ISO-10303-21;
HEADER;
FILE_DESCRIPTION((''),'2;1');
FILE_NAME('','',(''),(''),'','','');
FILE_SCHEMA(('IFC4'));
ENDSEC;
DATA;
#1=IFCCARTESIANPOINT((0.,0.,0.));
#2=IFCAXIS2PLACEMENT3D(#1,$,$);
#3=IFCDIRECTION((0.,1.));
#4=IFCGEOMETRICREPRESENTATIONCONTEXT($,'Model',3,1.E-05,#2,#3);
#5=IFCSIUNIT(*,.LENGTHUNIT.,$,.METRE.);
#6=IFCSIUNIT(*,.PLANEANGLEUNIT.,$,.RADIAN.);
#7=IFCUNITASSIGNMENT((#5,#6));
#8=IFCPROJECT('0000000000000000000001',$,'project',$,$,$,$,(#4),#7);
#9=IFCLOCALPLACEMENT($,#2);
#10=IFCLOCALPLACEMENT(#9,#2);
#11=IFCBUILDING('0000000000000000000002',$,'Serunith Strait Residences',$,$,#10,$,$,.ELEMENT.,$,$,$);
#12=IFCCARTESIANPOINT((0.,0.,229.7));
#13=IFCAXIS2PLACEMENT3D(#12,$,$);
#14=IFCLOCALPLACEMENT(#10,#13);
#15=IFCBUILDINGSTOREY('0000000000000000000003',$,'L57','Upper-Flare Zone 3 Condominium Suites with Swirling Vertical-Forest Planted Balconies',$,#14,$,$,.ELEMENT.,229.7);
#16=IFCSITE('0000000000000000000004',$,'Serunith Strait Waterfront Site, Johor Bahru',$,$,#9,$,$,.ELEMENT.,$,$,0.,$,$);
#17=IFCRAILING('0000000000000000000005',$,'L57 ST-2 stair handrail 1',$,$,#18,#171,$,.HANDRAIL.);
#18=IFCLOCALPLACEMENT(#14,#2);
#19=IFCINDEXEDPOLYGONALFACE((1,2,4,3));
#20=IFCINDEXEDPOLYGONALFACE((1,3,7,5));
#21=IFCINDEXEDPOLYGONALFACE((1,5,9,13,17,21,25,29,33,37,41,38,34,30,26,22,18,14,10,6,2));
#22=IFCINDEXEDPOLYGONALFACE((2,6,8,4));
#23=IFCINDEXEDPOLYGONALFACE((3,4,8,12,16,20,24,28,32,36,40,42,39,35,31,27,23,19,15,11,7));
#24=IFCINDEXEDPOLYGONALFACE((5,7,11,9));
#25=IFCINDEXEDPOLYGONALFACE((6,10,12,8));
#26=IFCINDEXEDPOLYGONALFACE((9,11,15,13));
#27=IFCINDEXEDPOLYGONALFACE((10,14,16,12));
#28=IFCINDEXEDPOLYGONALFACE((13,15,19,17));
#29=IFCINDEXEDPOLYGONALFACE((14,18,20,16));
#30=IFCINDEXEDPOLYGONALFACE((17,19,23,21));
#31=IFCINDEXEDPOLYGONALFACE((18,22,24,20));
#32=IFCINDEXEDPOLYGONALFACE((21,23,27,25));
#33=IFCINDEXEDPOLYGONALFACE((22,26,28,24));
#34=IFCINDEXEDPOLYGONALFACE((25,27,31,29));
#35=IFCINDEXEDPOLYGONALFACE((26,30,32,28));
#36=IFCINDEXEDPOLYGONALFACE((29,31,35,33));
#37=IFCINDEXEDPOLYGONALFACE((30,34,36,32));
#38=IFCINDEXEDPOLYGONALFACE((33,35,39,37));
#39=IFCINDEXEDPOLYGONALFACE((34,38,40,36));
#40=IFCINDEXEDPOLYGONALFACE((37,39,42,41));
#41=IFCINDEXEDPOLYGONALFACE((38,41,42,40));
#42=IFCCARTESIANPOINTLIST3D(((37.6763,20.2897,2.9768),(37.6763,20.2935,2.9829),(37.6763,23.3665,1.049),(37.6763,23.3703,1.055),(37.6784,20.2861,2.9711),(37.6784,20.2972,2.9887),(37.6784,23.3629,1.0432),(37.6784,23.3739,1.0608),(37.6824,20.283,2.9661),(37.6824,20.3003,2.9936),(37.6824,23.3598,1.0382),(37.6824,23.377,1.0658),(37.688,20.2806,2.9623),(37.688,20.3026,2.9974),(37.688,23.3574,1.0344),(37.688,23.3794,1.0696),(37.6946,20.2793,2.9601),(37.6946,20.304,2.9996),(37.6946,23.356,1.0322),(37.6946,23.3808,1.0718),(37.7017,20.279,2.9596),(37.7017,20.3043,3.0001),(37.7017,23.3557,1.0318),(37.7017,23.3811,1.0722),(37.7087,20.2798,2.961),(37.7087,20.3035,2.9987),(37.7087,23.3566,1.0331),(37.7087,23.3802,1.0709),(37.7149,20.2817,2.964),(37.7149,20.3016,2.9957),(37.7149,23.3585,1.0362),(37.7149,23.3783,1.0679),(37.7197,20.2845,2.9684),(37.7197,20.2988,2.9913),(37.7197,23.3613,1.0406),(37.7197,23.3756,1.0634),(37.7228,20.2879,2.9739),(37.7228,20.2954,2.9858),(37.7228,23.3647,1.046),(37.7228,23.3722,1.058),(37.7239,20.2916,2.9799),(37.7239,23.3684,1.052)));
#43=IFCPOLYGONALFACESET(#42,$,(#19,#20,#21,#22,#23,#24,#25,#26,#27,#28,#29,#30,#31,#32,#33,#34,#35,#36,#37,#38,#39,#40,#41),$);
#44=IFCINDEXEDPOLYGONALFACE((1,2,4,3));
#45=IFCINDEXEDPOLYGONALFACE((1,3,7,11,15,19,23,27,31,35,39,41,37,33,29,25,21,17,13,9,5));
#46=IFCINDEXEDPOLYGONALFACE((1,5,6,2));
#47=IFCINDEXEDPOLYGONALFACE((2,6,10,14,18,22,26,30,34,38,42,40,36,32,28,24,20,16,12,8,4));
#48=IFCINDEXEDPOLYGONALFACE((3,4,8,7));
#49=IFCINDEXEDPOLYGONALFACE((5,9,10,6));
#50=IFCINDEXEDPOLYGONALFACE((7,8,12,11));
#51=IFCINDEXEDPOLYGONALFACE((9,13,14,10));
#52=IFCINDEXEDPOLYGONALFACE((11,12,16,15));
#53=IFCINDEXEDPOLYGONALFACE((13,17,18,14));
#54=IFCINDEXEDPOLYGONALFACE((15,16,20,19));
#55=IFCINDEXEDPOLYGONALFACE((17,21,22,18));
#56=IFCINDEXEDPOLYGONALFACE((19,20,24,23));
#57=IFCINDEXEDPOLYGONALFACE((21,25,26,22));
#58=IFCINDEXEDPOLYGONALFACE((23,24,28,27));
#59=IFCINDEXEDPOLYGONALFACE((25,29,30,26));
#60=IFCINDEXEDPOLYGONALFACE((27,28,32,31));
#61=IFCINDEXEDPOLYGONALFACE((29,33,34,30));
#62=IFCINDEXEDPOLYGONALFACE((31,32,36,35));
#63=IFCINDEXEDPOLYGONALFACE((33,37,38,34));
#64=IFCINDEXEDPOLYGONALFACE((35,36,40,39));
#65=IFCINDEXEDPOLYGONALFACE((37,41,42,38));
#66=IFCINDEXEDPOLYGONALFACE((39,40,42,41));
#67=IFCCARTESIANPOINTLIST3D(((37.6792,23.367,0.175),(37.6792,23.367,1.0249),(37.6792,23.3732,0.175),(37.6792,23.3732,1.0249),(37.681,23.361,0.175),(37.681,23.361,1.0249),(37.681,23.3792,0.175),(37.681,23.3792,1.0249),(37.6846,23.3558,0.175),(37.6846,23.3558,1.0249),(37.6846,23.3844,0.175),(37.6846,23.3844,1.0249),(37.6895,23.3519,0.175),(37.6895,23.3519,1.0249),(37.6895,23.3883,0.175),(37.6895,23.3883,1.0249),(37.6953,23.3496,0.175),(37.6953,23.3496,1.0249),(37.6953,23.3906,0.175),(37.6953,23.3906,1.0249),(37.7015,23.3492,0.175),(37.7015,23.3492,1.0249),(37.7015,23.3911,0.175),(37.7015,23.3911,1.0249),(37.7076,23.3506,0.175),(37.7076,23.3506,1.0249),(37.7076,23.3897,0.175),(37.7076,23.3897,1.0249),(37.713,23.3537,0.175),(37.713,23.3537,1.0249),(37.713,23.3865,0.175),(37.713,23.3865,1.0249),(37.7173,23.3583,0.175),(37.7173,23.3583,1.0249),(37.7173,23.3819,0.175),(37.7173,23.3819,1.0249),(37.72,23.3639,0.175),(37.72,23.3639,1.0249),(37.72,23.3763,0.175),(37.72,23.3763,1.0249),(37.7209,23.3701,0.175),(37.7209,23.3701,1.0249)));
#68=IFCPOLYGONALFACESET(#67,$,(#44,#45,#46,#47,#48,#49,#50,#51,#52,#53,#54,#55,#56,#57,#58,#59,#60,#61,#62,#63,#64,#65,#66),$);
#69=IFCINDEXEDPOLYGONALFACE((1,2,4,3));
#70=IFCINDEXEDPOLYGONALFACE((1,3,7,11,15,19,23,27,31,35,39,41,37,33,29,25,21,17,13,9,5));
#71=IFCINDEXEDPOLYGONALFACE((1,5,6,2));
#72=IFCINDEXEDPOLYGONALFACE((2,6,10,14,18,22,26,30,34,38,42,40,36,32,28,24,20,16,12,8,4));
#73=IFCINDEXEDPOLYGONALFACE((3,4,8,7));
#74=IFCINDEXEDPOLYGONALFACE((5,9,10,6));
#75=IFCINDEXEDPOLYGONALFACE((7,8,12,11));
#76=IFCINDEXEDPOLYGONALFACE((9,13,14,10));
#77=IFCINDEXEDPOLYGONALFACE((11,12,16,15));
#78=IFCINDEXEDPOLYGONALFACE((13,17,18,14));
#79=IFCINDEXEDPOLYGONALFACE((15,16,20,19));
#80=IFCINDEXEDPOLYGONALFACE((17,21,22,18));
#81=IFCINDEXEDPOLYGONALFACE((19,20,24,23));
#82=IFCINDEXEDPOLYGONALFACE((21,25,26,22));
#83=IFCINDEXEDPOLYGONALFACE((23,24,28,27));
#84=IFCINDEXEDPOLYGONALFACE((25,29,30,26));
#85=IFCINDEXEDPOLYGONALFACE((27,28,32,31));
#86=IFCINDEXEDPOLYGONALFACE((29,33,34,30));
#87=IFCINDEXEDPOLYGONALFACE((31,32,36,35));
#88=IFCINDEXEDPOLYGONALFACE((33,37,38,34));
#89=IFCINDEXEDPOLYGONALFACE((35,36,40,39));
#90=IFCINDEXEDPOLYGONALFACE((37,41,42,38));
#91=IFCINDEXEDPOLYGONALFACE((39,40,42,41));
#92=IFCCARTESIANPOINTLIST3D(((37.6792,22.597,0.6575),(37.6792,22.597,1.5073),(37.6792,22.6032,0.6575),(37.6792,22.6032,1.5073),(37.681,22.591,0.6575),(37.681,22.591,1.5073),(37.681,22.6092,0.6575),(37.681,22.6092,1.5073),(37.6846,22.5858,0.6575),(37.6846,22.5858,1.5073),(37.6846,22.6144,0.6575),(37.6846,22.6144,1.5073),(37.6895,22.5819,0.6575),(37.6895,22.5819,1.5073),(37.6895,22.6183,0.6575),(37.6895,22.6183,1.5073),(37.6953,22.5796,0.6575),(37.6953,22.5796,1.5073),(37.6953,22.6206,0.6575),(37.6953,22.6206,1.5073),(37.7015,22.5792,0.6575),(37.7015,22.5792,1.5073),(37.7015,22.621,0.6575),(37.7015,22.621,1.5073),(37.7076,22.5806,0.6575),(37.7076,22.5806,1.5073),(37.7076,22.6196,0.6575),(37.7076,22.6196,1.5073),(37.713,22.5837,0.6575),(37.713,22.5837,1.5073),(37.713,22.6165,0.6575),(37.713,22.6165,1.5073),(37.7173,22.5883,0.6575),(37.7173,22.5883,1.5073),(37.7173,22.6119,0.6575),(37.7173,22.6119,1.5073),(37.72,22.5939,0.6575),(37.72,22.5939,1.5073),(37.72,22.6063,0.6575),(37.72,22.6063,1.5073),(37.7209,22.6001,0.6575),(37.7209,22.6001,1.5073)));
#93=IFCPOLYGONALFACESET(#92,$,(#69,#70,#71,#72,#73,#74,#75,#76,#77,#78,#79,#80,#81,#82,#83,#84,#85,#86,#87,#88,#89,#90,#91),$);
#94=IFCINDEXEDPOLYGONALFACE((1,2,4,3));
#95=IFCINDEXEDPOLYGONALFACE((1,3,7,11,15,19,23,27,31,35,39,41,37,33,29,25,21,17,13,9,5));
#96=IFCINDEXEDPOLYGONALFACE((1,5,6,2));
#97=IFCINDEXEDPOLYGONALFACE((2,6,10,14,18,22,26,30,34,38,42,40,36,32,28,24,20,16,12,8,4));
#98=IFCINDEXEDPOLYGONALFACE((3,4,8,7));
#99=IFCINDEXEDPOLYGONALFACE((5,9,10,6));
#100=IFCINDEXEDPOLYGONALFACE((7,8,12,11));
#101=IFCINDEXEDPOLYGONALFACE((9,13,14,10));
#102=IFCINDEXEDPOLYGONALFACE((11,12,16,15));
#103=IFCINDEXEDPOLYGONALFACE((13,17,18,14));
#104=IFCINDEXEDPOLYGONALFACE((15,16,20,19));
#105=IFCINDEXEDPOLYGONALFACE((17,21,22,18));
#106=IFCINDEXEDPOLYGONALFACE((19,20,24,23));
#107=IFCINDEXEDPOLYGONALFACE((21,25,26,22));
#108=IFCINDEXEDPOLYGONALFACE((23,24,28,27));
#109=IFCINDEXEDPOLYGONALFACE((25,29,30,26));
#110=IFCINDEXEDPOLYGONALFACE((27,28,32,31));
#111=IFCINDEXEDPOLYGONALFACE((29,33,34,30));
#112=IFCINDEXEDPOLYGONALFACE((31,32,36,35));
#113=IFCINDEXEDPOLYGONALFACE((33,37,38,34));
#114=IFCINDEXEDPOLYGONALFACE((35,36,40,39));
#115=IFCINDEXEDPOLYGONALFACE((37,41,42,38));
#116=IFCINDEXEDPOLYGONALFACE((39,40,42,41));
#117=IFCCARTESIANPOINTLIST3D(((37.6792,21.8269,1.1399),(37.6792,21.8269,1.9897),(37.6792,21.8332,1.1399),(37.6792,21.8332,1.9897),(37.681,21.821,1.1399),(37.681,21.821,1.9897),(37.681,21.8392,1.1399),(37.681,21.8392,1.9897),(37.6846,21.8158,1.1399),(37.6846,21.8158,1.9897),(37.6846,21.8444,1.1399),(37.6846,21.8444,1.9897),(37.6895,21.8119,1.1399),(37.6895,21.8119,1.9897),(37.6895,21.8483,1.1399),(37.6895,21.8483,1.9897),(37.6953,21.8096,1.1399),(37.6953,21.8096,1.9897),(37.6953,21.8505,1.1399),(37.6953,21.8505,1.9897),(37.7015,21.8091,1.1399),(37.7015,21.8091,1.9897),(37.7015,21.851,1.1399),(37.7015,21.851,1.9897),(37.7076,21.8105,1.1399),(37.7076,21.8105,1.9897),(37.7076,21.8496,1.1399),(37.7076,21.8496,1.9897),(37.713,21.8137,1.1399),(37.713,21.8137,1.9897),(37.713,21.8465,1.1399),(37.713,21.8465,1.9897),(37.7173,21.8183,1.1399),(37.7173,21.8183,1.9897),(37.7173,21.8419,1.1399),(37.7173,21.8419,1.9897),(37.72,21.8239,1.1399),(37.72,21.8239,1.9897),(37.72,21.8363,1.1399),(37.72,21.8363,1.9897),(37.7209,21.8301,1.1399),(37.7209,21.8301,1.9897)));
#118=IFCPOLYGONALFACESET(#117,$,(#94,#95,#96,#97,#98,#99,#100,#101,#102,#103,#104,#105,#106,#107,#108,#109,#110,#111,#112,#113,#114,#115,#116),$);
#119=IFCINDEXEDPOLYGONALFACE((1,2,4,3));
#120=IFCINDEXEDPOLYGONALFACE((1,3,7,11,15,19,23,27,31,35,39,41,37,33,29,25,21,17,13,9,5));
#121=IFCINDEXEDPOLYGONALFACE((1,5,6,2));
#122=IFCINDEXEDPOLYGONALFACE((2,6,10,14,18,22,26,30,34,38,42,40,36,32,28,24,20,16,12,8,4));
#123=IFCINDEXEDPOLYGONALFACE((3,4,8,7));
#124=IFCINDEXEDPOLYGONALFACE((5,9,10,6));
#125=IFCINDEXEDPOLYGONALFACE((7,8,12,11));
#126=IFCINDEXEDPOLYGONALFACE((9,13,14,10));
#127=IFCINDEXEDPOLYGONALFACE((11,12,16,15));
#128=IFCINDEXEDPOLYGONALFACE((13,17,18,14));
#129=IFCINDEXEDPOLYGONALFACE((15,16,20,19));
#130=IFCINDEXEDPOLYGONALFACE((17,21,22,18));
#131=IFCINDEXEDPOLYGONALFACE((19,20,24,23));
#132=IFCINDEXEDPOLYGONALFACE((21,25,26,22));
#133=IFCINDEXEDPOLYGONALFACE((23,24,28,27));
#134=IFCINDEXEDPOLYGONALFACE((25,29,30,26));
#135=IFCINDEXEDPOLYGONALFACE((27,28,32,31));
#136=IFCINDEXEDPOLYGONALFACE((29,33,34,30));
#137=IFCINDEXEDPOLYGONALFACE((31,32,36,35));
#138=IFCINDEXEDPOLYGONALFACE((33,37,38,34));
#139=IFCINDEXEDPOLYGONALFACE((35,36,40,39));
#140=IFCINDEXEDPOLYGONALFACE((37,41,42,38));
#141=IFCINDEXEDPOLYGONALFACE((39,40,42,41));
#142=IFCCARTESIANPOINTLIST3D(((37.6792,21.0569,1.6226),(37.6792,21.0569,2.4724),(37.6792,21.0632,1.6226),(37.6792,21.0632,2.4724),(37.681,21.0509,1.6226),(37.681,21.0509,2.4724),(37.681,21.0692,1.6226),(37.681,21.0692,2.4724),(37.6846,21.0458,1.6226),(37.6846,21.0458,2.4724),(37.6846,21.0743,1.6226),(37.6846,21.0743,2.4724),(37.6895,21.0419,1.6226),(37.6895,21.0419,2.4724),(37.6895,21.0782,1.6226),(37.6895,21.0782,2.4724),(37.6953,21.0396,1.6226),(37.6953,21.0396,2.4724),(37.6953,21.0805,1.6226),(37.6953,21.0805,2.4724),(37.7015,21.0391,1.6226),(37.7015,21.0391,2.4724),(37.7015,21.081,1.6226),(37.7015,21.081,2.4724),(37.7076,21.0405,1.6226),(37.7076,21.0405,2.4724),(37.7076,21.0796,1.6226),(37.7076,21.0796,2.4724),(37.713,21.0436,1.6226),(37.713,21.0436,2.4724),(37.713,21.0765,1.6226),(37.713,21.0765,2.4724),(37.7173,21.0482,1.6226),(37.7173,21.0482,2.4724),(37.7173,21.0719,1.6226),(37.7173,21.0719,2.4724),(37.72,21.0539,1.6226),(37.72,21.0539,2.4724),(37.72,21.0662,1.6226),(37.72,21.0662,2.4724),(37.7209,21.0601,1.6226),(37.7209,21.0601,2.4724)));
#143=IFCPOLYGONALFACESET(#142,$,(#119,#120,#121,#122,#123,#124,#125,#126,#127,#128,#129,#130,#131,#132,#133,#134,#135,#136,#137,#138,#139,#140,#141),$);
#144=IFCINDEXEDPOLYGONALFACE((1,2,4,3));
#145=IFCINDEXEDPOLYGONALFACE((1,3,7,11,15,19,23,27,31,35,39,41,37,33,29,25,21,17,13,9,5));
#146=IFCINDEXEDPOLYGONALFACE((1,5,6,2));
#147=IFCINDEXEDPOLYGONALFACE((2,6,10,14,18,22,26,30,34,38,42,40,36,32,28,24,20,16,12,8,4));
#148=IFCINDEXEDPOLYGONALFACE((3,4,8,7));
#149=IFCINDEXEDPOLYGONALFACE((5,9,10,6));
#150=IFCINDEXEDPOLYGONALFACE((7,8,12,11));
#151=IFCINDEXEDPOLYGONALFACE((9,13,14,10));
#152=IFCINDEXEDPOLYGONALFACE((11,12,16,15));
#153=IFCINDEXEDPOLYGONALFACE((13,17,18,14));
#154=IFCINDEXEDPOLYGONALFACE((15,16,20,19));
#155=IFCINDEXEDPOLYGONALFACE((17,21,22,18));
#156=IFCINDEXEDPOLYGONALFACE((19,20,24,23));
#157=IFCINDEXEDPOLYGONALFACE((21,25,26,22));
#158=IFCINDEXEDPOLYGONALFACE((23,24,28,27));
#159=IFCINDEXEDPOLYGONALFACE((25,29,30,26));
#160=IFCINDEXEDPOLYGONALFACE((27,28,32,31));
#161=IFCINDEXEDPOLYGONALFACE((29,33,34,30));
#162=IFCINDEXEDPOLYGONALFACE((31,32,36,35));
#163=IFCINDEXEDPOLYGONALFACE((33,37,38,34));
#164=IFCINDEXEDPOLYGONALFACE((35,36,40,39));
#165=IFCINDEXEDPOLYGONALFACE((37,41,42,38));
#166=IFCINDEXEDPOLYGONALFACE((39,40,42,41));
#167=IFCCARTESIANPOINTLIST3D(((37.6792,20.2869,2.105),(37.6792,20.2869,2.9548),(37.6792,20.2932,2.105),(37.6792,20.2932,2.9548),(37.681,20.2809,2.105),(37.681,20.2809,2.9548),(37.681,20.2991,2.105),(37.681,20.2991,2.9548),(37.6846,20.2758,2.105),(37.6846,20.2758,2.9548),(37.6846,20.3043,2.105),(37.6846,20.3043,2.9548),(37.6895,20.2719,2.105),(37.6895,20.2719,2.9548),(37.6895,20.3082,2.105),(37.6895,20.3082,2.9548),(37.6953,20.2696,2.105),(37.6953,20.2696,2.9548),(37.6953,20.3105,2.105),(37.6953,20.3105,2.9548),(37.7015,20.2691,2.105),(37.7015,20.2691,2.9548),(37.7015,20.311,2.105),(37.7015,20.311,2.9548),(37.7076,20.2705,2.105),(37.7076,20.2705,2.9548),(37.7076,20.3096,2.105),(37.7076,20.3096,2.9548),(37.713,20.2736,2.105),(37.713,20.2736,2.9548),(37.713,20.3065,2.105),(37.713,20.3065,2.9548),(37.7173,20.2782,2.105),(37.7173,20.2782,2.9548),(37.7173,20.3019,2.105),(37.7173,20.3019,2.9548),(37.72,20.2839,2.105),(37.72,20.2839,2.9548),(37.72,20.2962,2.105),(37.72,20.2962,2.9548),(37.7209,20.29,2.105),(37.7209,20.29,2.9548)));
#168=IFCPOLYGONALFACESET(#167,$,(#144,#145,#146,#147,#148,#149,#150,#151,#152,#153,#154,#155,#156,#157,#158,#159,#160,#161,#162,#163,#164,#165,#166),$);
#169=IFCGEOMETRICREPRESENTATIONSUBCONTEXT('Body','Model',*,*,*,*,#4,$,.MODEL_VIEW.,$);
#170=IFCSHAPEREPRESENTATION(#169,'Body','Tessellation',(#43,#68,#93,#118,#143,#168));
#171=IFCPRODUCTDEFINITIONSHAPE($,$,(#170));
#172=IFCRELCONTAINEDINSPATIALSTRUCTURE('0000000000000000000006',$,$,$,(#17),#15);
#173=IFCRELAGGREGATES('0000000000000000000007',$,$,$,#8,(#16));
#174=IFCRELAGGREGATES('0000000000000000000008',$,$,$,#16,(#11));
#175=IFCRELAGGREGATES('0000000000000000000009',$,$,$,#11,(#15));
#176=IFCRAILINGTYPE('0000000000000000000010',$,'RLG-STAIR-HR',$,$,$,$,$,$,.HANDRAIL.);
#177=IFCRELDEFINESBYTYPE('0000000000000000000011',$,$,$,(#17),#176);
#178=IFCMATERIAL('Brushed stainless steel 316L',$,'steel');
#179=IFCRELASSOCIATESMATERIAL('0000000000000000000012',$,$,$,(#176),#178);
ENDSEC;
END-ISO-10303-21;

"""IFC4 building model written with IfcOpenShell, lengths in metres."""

from ifc_helpers import new_model, si_unit, direction, frame, origin, origin_2d, place, context, subcontext, project, spatial, circle, extrude, material, type_object, element, save


model = new_model("IFC4")

# Units and contexts
model_context = context("Model", 3, precision=1e-05, world=origin(), true_north=direction((0.0, 1.0)))
body_context = subcontext(model_context, "Body", "Model", "MODEL_VIEW")
ifc_project = project(units=[si_unit("LENGTHUNIT", "METRE"), si_unit("PLANEANGLEUNIT", "RADIAN")], contexts=[model_context])

# Site, building, storey
site_placement = place(None, origin())
site = spatial("IfcSite", under=ifc_project, at=site_placement, Name="Serunith Strait Waterfront Site, Johor Bahru", CompositionType="ELEMENT", RefElevation=0.0)
building_placement = place(site_placement, origin())
building = spatial("IfcBuilding", under=site, at=building_placement, Name="Serunith Strait Residences", CompositionType="ELEMENT")
storey_placement = place(building_placement, frame((0.0, 0.0, 229.7)))
storey = spatial("IfcBuildingStorey", under=building, at=storey_placement, Name="L57", Description="Upper-Flare Zone 3 Condominium Suites with Swirling Vertical-Forest Planted Balconies", CompositionType="ELEMENT", Elevation=229.7)

# Railing
ifc_material_1 = material(Name="Brushed stainless steel 316L", Category="steel")
railing_type_1 = type_object("IfcRailingType", Name="RLG-STAIR-HR", PredefinedType="HANDRAIL", material=ifc_material_1)
railing_1_placement = place(storey_placement, frame((37.7, 23.3701, 0.175)))
element("IfcRailing", 1, at=railing_1_placement, inside=storey, type_object=railing_type_1, Name="L57 ST-2 stair handrail 1", PredefinedType="HANDRAIL", context=body_context, shape_type="SweptSolid", body=[
    extrude(circle(Radius=0.0239, at=origin_2d()), frame((0.0, -0.0017, 0.877), z_axis=(0.0, -0.847394, 0.530965), x_axis=(1.0, 0.0, 0.0)), (0.0, 0.0, 1.0), 3.6309),
    extrude(circle(Radius=0.021, at=origin_2d()), origin(), (0.0, 0.0, 1.0), 0.8499),
    extrude(circle(Radius=0.021, at=origin_2d()), frame((0.0, -0.77, 0.4824)), (0.0, 0.0, 1.0), 0.8499),
    extrude(circle(Radius=0.021, at=origin_2d()), frame((0.0, -1.54, 0.9648)), (0.0, 0.0, 1.0), 0.8499),
    extrude(circle(Radius=0.021, at=origin_2d()), frame((0.0, -2.3101, 1.4475)), (0.0, 0.0, 1.0), 0.8499),
    extrude(circle(Radius=0.021, at=origin_2d()), frame((0.0, -3.0801, 1.9299)), (0.0, 0.0, 1.0), 0.8499),
])

save(model, "model.ifc")
